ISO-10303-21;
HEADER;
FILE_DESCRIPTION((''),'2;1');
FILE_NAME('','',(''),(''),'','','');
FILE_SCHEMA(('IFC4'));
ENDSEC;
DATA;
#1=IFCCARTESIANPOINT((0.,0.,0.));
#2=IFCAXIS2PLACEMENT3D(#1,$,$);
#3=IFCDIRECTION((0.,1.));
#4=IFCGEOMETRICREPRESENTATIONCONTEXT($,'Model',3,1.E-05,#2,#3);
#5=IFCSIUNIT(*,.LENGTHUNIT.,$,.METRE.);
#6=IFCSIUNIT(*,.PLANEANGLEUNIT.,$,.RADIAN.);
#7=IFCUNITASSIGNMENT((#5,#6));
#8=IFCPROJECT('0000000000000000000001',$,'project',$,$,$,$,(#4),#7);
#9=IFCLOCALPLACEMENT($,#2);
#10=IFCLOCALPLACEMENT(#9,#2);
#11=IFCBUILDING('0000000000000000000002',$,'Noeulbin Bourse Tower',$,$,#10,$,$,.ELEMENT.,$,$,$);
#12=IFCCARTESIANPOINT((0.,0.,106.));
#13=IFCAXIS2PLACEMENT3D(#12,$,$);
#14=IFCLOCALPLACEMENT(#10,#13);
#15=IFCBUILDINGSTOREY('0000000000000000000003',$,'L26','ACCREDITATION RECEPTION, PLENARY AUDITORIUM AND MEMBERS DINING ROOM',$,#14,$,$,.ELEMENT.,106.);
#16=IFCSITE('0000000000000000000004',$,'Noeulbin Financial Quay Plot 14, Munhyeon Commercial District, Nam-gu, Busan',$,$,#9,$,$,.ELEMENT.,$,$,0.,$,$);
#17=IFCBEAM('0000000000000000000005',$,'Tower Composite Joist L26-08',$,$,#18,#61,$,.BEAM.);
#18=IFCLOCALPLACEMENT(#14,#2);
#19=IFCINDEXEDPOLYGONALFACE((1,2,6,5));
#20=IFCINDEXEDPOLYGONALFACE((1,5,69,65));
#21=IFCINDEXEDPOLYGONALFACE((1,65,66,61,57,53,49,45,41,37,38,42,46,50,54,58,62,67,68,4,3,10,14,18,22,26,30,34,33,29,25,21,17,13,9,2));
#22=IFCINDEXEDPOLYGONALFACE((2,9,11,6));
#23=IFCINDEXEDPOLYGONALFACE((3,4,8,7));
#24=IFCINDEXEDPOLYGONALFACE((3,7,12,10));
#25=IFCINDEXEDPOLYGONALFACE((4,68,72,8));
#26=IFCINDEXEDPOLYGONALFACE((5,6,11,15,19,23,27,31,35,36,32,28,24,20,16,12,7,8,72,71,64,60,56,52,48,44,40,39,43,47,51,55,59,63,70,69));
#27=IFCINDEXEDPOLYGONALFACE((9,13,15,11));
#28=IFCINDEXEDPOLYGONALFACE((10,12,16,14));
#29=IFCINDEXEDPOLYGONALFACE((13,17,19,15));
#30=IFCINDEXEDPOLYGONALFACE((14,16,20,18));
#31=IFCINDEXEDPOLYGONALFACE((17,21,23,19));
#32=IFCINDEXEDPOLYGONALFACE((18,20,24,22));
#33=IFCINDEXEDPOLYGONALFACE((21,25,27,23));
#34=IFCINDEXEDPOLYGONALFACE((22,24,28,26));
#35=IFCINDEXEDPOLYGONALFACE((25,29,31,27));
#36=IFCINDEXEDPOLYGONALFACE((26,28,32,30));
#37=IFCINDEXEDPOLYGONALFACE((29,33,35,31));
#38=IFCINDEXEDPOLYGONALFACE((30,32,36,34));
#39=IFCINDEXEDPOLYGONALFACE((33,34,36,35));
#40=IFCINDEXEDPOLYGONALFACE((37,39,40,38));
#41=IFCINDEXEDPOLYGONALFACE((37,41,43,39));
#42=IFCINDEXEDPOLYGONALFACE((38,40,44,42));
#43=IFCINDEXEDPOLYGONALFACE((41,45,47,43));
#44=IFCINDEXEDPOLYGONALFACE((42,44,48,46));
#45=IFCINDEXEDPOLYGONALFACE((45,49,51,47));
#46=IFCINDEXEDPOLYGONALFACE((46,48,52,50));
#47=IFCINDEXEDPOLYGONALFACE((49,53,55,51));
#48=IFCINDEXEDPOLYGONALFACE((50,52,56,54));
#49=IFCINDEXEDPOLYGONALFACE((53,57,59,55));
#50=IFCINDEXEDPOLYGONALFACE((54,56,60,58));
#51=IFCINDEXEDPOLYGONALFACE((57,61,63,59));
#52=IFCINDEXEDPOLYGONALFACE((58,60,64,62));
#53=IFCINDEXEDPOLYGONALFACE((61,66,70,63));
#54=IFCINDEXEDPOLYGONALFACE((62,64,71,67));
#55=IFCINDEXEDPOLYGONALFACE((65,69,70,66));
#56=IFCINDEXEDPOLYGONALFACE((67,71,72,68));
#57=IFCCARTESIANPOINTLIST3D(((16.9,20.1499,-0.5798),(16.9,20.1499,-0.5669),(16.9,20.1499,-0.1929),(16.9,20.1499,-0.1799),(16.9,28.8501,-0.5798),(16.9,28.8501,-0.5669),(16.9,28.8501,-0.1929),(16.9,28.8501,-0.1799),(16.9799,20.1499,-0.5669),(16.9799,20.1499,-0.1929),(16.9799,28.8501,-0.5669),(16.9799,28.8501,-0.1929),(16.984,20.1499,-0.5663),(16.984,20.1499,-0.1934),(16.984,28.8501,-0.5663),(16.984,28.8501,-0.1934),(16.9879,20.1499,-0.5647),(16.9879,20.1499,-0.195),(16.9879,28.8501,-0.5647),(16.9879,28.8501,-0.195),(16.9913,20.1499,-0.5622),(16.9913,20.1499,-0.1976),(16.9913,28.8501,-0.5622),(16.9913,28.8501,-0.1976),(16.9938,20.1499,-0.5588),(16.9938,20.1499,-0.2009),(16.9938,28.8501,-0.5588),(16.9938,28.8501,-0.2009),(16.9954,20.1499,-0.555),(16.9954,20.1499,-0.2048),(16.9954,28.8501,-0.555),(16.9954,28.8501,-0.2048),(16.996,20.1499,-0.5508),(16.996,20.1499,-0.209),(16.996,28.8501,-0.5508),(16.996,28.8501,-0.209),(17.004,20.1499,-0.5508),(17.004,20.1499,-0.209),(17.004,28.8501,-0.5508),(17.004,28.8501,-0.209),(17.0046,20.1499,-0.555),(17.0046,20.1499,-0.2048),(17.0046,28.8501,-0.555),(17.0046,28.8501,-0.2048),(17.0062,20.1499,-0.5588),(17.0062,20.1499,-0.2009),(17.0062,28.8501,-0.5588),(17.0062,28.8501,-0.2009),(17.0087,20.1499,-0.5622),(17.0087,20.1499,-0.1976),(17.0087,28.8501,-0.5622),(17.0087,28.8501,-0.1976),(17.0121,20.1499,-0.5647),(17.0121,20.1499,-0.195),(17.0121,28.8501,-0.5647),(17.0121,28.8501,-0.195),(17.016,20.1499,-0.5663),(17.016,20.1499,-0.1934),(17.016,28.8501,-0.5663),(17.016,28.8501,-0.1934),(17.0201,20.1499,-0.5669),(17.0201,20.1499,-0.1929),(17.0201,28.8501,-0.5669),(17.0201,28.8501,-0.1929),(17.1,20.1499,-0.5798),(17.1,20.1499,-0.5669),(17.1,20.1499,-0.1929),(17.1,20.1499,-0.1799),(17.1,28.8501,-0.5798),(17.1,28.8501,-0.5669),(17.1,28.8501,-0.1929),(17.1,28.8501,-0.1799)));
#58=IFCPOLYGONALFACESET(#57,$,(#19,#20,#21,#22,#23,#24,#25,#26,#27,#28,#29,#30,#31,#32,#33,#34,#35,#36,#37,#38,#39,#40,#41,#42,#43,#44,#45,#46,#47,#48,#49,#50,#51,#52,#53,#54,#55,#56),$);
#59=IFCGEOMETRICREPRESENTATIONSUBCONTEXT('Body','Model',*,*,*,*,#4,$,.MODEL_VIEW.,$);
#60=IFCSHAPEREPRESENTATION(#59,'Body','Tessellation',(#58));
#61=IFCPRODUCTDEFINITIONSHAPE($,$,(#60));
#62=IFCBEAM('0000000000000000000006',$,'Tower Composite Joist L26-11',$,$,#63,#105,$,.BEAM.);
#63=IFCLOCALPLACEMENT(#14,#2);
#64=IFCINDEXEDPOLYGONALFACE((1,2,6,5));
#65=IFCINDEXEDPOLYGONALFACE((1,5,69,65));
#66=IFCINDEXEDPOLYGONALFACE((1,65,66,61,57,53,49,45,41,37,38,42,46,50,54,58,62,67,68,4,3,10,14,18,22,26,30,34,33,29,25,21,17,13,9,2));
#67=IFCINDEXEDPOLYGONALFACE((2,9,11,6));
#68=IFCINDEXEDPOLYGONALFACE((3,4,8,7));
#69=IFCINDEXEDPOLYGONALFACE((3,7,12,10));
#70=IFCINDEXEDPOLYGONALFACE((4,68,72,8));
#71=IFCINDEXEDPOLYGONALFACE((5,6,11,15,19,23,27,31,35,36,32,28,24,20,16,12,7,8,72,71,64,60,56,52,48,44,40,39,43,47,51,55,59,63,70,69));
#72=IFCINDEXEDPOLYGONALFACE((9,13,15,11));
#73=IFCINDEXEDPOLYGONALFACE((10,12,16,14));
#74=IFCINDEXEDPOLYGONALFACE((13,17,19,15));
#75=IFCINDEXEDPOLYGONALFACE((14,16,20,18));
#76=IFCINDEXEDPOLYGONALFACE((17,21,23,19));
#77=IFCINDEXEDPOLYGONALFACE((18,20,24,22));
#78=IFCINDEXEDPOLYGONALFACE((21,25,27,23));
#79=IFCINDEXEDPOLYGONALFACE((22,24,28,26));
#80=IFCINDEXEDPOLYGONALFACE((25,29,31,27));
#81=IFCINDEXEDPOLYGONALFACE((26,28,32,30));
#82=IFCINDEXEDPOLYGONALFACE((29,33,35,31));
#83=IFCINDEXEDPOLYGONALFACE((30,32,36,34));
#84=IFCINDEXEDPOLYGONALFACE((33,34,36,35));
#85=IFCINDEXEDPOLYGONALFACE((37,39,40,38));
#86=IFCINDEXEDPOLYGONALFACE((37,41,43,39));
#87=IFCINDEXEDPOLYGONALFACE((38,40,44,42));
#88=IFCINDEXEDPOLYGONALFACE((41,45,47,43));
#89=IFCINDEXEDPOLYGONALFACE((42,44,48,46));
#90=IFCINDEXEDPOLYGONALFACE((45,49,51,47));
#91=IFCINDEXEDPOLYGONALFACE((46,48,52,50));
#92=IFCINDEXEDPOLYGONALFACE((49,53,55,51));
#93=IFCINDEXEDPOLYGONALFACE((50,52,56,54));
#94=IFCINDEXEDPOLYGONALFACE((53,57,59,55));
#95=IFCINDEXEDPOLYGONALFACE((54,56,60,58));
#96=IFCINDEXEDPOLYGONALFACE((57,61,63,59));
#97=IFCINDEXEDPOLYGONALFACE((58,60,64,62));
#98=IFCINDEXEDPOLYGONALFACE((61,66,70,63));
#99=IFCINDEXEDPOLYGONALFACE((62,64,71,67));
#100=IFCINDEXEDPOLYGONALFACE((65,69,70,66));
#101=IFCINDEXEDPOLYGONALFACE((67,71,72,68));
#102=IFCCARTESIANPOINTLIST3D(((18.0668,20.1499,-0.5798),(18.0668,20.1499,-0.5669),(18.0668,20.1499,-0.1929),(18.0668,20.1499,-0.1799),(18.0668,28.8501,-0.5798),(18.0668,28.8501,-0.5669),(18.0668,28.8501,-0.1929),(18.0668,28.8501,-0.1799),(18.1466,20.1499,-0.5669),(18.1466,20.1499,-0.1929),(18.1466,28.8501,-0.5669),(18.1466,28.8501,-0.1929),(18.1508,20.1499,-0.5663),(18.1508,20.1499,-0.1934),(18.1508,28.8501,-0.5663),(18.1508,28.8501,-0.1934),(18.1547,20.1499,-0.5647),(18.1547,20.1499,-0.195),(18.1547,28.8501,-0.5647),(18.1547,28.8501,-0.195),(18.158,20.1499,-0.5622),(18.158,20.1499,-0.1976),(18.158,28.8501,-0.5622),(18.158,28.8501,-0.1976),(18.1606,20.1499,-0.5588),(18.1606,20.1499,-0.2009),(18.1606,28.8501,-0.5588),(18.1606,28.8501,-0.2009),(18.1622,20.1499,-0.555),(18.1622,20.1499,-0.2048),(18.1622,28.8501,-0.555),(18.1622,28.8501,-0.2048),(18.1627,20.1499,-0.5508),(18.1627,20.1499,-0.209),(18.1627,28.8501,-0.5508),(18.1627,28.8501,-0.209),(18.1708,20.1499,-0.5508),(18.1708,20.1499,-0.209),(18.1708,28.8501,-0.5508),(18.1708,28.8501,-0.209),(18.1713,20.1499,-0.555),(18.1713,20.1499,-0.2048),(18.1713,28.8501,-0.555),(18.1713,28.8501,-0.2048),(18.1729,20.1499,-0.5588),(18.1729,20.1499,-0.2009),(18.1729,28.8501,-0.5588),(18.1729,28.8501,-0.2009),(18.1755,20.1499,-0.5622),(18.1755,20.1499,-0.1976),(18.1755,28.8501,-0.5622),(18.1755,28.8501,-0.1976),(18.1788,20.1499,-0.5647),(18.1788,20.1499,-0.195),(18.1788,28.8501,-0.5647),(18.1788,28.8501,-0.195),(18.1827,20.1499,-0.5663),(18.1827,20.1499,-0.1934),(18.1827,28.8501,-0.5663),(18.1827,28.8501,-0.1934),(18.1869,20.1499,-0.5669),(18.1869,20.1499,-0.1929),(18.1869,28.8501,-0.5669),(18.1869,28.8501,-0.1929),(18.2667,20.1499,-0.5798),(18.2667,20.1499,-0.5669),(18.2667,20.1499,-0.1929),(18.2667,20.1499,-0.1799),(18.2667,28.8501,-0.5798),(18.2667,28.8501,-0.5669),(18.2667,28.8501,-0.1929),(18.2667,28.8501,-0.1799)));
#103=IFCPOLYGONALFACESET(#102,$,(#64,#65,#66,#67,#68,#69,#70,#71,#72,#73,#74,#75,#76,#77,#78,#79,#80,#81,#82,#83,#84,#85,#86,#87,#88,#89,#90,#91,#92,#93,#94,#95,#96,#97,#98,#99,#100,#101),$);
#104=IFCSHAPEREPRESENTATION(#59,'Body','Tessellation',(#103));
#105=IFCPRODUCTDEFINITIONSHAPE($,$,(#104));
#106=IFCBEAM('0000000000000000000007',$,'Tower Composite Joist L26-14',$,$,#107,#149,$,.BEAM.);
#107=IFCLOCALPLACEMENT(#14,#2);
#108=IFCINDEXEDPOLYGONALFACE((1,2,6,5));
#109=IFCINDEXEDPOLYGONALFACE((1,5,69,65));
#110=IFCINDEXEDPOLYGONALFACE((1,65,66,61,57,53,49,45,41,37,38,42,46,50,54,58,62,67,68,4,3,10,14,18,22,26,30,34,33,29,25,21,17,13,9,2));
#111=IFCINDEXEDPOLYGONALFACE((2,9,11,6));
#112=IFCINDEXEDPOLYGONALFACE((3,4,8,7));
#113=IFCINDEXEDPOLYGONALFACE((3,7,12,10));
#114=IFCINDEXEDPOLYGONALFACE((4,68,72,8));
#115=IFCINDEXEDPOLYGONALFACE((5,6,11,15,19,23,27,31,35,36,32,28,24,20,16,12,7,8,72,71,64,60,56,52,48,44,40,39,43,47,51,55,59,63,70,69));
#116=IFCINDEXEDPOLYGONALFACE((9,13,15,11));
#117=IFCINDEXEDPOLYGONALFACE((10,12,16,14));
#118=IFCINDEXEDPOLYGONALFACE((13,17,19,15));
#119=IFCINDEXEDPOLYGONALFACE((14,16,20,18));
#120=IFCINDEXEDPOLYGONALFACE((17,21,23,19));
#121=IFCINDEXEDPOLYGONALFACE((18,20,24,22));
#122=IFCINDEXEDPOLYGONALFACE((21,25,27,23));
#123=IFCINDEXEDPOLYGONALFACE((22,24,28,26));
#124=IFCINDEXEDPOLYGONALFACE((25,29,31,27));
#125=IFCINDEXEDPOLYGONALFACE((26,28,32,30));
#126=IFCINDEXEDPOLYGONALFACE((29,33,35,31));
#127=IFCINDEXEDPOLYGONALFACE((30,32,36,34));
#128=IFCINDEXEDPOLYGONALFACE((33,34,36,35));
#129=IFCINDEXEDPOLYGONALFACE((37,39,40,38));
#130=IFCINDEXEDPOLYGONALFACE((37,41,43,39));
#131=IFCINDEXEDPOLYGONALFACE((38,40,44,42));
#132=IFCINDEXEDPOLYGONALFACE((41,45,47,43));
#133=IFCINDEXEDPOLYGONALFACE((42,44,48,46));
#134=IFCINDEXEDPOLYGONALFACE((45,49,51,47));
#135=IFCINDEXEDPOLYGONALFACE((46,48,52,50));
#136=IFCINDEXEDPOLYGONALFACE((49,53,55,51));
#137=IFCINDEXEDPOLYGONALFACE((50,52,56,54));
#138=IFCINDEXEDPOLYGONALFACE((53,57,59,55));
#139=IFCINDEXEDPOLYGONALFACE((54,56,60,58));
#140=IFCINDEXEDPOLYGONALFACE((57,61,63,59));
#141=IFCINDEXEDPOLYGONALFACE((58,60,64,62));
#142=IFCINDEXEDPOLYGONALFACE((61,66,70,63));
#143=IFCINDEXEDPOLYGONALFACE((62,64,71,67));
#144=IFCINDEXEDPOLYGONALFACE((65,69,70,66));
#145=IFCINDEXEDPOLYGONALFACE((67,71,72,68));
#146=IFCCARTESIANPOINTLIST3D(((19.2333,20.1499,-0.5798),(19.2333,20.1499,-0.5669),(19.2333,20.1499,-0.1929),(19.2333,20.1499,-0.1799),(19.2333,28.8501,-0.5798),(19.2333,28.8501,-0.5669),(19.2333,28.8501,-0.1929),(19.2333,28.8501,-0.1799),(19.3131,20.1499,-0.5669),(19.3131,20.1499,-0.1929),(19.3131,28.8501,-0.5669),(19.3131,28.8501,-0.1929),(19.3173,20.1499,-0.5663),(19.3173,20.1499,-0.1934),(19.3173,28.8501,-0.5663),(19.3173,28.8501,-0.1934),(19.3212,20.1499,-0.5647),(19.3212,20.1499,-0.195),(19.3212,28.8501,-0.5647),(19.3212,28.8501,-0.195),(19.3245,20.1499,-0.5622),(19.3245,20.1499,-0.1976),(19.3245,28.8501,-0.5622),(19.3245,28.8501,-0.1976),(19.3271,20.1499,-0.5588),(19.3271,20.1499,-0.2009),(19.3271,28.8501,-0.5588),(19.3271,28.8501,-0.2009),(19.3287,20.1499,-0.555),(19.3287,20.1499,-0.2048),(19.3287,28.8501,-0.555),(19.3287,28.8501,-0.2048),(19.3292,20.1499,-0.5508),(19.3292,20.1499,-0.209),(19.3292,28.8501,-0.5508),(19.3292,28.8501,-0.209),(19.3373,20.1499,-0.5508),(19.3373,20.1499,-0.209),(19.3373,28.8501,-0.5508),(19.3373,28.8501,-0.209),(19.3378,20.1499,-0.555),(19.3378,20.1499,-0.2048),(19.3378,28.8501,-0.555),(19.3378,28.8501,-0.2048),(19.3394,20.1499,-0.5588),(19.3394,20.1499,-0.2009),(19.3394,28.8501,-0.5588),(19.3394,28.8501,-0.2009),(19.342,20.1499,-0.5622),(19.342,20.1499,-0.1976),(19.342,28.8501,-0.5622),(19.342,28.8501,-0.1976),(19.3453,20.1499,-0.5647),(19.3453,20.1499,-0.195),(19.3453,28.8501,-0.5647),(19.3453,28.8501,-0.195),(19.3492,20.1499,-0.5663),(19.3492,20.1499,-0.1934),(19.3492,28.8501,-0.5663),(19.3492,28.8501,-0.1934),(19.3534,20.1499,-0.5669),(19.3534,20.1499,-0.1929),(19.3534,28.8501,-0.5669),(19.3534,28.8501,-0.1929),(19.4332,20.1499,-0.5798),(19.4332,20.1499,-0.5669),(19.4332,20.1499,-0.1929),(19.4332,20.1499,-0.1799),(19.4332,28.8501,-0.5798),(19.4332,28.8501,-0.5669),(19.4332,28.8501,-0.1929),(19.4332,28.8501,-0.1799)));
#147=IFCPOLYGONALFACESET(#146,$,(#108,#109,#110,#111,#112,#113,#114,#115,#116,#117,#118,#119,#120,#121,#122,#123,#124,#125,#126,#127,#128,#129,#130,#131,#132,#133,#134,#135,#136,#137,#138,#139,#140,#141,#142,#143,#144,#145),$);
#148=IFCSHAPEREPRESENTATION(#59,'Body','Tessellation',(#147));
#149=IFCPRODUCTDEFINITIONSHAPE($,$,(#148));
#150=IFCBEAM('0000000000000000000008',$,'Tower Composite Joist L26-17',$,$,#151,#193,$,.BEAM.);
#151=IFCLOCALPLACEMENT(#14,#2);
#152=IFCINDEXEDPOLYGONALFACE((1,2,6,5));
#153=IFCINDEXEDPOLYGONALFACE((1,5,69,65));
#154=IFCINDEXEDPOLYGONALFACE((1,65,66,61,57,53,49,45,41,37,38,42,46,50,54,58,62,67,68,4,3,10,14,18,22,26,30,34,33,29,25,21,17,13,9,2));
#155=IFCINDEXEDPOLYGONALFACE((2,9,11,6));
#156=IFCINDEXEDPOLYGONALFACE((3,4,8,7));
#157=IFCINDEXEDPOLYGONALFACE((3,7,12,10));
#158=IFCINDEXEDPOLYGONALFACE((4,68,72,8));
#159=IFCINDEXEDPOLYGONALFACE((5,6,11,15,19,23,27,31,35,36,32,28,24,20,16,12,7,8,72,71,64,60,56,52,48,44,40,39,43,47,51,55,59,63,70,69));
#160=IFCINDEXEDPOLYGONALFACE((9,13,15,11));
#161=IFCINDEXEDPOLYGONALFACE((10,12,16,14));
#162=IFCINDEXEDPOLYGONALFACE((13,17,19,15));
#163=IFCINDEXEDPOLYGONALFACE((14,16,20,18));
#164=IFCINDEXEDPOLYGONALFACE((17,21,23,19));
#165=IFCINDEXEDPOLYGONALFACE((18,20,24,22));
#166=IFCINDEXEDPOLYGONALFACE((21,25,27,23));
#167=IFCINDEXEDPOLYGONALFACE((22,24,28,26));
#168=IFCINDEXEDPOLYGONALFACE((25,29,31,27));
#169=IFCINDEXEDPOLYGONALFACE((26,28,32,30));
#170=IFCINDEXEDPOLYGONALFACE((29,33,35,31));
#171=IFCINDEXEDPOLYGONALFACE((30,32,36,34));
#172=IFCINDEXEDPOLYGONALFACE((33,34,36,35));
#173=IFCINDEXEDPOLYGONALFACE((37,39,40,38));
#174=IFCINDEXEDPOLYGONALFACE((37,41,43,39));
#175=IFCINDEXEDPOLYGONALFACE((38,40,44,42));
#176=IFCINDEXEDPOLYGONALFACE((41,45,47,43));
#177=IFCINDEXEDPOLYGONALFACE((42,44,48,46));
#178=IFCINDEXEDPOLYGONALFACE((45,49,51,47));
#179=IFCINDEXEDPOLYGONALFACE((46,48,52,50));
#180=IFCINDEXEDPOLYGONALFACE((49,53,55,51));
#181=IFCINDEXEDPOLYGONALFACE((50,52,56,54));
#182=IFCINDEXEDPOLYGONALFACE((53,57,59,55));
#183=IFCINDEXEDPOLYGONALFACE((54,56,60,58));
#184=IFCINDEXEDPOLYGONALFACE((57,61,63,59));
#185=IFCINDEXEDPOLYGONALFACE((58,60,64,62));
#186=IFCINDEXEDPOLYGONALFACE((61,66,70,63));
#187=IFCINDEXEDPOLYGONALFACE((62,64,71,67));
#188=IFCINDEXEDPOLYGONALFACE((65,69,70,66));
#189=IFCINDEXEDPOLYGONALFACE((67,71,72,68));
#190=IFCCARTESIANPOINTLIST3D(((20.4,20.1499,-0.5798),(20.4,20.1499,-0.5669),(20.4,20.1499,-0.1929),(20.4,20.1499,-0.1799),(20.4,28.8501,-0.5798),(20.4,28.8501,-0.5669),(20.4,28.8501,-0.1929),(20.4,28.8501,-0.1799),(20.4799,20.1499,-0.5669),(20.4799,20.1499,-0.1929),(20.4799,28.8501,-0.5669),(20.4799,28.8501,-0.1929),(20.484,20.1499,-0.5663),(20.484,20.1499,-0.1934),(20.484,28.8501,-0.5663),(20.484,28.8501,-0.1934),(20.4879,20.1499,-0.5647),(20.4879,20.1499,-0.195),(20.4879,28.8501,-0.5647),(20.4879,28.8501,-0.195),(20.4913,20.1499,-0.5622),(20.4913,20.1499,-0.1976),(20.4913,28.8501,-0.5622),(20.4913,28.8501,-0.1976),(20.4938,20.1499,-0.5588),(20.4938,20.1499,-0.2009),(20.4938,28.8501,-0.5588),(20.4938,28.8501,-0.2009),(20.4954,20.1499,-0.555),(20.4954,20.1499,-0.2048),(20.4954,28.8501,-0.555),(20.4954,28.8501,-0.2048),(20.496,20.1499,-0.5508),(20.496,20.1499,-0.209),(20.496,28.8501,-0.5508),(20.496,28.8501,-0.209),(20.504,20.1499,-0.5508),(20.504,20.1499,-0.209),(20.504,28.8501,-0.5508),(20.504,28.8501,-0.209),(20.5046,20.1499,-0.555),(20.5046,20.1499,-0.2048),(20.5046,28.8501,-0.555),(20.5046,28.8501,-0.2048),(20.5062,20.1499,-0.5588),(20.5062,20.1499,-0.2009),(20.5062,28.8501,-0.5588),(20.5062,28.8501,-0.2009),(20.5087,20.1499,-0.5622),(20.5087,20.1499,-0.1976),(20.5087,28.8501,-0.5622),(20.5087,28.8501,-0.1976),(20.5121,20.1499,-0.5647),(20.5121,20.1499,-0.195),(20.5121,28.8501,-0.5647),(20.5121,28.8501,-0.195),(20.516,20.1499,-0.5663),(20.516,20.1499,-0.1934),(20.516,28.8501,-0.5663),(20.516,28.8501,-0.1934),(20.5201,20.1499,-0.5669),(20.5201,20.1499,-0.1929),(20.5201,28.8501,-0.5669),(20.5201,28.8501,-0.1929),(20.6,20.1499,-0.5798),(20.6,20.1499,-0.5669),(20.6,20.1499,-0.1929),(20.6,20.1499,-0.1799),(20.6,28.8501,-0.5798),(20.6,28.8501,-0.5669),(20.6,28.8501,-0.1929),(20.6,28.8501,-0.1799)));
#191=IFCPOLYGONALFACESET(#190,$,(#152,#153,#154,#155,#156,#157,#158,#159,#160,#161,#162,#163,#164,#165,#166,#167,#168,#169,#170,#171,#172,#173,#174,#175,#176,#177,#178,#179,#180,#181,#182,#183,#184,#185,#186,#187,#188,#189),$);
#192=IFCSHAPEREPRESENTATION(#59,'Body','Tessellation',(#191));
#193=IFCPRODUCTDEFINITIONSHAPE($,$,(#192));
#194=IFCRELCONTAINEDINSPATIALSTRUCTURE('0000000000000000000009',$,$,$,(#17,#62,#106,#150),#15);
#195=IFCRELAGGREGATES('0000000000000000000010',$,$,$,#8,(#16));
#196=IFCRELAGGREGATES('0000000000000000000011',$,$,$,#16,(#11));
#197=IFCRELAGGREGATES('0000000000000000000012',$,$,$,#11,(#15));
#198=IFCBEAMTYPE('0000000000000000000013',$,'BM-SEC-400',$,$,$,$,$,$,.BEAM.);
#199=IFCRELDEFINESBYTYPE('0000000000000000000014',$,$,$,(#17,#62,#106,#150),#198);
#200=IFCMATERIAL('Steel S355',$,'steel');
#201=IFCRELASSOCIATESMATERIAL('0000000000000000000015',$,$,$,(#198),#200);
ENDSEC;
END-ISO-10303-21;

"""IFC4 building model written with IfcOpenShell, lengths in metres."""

from ifc_helpers import new_model, si_unit, direction, frame, origin, origin_2d, place, context, subcontext, project, spatial, i_section, extrude, material, material_profile, profile_set, type_object, element, save


model = new_model("IFC4")

# Units and contexts
model_context = context("Model", 3, precision=1e-05, world=origin(), true_north=direction((0.0, 1.0)))
body_context = subcontext(model_context, "Body", "Model", "MODEL_VIEW")
ifc_project = project(units=[si_unit("LENGTHUNIT", "METRE"), si_unit("PLANEANGLEUNIT", "RADIAN")], contexts=[model_context])

# Site, building, storey
site_placement = place(None, origin())
site = spatial("IfcSite", under=ifc_project, at=site_placement, Name="Noeulbin Financial Quay Plot 14, Munhyeon Commercial District, Nam-gu, Busan", CompositionType="ELEMENT", RefElevation=0.0)
building_placement = place(site_placement, origin())
building = spatial("IfcBuilding", under=site, at=building_placement, Name="Noeulbin Bourse Tower", CompositionType="ELEMENT")
storey_placement = place(building_placement, frame((0.0, 0.0, 106.0)))
storey = spatial("IfcBuildingStorey", under=building, at=storey_placement, Name="L26", Description="ACCREDITATION RECEPTION, PLENARY AUDITORIUM AND MEMBERS DINING ROOM", CompositionType="ELEMENT", Elevation=106.0)

# Beams
ifc_material_1 = material(Name="Steel S355", Category="steel")
ifc_material_profile_1 = material_profile(ifc_material_1, i_section(OverallWidth=0.2, OverallDepth=0.3999, WebThickness=0.0081, FlangeThickness=0.0129, FilletRadius=0.0161, at=origin_2d()), Name="H-400x200x8x13", Category="LoadBearing")
ifc_profile_set_1 = profile_set([ifc_material_profile_1], Name="Steel S355")
beam_type_1 = type_object("IfcBeamType", Name="BM-SEC-400", PredefinedType="BEAM", material=ifc_profile_set_1)
for number, where, z_axis, x_axis, name in (
    (1, (17.0, 20.1499, -0.3799), (0.0, 1.0, 0.0), (-1.0, 0.0, 0.0), "Tower Composite Joist L26-08"),
    (2, (18.1667, 20.1499, -0.3799), (0.0, 1.0, 0.0), (-1.0, 0.0, 0.0), "Tower Composite Joist L26-11"),
    (3, (19.3333, 20.1499, -0.3799), (0.0, 1.0, 0.0), (-1.0, 0.0, 0.0), "Tower Composite Joist L26-14"),
    (4, (20.5, 20.1499, -0.3799), (0.0, 1.0, 0.0), (-1.0, 0.0, 0.0), "Tower Composite Joist L26-17"),
):
    element("IfcBeam", number, at=place(storey_placement, frame(where, z_axis=z_axis, x_axis=x_axis)), inside=storey, type_object=beam_type_1, Name=name, PredefinedType="BEAM", context=body_context, shape_type="SweptSolid", body=[
        extrude(i_section(OverallWidth=0.2, OverallDepth=0.3999, WebThickness=0.0081, FlangeThickness=0.0129, FilletRadius=0.0161, at=origin_2d()), origin(), (0.0, 0.0, 1.0), 8.7002),
    ])

save(model, "model.ifc")
